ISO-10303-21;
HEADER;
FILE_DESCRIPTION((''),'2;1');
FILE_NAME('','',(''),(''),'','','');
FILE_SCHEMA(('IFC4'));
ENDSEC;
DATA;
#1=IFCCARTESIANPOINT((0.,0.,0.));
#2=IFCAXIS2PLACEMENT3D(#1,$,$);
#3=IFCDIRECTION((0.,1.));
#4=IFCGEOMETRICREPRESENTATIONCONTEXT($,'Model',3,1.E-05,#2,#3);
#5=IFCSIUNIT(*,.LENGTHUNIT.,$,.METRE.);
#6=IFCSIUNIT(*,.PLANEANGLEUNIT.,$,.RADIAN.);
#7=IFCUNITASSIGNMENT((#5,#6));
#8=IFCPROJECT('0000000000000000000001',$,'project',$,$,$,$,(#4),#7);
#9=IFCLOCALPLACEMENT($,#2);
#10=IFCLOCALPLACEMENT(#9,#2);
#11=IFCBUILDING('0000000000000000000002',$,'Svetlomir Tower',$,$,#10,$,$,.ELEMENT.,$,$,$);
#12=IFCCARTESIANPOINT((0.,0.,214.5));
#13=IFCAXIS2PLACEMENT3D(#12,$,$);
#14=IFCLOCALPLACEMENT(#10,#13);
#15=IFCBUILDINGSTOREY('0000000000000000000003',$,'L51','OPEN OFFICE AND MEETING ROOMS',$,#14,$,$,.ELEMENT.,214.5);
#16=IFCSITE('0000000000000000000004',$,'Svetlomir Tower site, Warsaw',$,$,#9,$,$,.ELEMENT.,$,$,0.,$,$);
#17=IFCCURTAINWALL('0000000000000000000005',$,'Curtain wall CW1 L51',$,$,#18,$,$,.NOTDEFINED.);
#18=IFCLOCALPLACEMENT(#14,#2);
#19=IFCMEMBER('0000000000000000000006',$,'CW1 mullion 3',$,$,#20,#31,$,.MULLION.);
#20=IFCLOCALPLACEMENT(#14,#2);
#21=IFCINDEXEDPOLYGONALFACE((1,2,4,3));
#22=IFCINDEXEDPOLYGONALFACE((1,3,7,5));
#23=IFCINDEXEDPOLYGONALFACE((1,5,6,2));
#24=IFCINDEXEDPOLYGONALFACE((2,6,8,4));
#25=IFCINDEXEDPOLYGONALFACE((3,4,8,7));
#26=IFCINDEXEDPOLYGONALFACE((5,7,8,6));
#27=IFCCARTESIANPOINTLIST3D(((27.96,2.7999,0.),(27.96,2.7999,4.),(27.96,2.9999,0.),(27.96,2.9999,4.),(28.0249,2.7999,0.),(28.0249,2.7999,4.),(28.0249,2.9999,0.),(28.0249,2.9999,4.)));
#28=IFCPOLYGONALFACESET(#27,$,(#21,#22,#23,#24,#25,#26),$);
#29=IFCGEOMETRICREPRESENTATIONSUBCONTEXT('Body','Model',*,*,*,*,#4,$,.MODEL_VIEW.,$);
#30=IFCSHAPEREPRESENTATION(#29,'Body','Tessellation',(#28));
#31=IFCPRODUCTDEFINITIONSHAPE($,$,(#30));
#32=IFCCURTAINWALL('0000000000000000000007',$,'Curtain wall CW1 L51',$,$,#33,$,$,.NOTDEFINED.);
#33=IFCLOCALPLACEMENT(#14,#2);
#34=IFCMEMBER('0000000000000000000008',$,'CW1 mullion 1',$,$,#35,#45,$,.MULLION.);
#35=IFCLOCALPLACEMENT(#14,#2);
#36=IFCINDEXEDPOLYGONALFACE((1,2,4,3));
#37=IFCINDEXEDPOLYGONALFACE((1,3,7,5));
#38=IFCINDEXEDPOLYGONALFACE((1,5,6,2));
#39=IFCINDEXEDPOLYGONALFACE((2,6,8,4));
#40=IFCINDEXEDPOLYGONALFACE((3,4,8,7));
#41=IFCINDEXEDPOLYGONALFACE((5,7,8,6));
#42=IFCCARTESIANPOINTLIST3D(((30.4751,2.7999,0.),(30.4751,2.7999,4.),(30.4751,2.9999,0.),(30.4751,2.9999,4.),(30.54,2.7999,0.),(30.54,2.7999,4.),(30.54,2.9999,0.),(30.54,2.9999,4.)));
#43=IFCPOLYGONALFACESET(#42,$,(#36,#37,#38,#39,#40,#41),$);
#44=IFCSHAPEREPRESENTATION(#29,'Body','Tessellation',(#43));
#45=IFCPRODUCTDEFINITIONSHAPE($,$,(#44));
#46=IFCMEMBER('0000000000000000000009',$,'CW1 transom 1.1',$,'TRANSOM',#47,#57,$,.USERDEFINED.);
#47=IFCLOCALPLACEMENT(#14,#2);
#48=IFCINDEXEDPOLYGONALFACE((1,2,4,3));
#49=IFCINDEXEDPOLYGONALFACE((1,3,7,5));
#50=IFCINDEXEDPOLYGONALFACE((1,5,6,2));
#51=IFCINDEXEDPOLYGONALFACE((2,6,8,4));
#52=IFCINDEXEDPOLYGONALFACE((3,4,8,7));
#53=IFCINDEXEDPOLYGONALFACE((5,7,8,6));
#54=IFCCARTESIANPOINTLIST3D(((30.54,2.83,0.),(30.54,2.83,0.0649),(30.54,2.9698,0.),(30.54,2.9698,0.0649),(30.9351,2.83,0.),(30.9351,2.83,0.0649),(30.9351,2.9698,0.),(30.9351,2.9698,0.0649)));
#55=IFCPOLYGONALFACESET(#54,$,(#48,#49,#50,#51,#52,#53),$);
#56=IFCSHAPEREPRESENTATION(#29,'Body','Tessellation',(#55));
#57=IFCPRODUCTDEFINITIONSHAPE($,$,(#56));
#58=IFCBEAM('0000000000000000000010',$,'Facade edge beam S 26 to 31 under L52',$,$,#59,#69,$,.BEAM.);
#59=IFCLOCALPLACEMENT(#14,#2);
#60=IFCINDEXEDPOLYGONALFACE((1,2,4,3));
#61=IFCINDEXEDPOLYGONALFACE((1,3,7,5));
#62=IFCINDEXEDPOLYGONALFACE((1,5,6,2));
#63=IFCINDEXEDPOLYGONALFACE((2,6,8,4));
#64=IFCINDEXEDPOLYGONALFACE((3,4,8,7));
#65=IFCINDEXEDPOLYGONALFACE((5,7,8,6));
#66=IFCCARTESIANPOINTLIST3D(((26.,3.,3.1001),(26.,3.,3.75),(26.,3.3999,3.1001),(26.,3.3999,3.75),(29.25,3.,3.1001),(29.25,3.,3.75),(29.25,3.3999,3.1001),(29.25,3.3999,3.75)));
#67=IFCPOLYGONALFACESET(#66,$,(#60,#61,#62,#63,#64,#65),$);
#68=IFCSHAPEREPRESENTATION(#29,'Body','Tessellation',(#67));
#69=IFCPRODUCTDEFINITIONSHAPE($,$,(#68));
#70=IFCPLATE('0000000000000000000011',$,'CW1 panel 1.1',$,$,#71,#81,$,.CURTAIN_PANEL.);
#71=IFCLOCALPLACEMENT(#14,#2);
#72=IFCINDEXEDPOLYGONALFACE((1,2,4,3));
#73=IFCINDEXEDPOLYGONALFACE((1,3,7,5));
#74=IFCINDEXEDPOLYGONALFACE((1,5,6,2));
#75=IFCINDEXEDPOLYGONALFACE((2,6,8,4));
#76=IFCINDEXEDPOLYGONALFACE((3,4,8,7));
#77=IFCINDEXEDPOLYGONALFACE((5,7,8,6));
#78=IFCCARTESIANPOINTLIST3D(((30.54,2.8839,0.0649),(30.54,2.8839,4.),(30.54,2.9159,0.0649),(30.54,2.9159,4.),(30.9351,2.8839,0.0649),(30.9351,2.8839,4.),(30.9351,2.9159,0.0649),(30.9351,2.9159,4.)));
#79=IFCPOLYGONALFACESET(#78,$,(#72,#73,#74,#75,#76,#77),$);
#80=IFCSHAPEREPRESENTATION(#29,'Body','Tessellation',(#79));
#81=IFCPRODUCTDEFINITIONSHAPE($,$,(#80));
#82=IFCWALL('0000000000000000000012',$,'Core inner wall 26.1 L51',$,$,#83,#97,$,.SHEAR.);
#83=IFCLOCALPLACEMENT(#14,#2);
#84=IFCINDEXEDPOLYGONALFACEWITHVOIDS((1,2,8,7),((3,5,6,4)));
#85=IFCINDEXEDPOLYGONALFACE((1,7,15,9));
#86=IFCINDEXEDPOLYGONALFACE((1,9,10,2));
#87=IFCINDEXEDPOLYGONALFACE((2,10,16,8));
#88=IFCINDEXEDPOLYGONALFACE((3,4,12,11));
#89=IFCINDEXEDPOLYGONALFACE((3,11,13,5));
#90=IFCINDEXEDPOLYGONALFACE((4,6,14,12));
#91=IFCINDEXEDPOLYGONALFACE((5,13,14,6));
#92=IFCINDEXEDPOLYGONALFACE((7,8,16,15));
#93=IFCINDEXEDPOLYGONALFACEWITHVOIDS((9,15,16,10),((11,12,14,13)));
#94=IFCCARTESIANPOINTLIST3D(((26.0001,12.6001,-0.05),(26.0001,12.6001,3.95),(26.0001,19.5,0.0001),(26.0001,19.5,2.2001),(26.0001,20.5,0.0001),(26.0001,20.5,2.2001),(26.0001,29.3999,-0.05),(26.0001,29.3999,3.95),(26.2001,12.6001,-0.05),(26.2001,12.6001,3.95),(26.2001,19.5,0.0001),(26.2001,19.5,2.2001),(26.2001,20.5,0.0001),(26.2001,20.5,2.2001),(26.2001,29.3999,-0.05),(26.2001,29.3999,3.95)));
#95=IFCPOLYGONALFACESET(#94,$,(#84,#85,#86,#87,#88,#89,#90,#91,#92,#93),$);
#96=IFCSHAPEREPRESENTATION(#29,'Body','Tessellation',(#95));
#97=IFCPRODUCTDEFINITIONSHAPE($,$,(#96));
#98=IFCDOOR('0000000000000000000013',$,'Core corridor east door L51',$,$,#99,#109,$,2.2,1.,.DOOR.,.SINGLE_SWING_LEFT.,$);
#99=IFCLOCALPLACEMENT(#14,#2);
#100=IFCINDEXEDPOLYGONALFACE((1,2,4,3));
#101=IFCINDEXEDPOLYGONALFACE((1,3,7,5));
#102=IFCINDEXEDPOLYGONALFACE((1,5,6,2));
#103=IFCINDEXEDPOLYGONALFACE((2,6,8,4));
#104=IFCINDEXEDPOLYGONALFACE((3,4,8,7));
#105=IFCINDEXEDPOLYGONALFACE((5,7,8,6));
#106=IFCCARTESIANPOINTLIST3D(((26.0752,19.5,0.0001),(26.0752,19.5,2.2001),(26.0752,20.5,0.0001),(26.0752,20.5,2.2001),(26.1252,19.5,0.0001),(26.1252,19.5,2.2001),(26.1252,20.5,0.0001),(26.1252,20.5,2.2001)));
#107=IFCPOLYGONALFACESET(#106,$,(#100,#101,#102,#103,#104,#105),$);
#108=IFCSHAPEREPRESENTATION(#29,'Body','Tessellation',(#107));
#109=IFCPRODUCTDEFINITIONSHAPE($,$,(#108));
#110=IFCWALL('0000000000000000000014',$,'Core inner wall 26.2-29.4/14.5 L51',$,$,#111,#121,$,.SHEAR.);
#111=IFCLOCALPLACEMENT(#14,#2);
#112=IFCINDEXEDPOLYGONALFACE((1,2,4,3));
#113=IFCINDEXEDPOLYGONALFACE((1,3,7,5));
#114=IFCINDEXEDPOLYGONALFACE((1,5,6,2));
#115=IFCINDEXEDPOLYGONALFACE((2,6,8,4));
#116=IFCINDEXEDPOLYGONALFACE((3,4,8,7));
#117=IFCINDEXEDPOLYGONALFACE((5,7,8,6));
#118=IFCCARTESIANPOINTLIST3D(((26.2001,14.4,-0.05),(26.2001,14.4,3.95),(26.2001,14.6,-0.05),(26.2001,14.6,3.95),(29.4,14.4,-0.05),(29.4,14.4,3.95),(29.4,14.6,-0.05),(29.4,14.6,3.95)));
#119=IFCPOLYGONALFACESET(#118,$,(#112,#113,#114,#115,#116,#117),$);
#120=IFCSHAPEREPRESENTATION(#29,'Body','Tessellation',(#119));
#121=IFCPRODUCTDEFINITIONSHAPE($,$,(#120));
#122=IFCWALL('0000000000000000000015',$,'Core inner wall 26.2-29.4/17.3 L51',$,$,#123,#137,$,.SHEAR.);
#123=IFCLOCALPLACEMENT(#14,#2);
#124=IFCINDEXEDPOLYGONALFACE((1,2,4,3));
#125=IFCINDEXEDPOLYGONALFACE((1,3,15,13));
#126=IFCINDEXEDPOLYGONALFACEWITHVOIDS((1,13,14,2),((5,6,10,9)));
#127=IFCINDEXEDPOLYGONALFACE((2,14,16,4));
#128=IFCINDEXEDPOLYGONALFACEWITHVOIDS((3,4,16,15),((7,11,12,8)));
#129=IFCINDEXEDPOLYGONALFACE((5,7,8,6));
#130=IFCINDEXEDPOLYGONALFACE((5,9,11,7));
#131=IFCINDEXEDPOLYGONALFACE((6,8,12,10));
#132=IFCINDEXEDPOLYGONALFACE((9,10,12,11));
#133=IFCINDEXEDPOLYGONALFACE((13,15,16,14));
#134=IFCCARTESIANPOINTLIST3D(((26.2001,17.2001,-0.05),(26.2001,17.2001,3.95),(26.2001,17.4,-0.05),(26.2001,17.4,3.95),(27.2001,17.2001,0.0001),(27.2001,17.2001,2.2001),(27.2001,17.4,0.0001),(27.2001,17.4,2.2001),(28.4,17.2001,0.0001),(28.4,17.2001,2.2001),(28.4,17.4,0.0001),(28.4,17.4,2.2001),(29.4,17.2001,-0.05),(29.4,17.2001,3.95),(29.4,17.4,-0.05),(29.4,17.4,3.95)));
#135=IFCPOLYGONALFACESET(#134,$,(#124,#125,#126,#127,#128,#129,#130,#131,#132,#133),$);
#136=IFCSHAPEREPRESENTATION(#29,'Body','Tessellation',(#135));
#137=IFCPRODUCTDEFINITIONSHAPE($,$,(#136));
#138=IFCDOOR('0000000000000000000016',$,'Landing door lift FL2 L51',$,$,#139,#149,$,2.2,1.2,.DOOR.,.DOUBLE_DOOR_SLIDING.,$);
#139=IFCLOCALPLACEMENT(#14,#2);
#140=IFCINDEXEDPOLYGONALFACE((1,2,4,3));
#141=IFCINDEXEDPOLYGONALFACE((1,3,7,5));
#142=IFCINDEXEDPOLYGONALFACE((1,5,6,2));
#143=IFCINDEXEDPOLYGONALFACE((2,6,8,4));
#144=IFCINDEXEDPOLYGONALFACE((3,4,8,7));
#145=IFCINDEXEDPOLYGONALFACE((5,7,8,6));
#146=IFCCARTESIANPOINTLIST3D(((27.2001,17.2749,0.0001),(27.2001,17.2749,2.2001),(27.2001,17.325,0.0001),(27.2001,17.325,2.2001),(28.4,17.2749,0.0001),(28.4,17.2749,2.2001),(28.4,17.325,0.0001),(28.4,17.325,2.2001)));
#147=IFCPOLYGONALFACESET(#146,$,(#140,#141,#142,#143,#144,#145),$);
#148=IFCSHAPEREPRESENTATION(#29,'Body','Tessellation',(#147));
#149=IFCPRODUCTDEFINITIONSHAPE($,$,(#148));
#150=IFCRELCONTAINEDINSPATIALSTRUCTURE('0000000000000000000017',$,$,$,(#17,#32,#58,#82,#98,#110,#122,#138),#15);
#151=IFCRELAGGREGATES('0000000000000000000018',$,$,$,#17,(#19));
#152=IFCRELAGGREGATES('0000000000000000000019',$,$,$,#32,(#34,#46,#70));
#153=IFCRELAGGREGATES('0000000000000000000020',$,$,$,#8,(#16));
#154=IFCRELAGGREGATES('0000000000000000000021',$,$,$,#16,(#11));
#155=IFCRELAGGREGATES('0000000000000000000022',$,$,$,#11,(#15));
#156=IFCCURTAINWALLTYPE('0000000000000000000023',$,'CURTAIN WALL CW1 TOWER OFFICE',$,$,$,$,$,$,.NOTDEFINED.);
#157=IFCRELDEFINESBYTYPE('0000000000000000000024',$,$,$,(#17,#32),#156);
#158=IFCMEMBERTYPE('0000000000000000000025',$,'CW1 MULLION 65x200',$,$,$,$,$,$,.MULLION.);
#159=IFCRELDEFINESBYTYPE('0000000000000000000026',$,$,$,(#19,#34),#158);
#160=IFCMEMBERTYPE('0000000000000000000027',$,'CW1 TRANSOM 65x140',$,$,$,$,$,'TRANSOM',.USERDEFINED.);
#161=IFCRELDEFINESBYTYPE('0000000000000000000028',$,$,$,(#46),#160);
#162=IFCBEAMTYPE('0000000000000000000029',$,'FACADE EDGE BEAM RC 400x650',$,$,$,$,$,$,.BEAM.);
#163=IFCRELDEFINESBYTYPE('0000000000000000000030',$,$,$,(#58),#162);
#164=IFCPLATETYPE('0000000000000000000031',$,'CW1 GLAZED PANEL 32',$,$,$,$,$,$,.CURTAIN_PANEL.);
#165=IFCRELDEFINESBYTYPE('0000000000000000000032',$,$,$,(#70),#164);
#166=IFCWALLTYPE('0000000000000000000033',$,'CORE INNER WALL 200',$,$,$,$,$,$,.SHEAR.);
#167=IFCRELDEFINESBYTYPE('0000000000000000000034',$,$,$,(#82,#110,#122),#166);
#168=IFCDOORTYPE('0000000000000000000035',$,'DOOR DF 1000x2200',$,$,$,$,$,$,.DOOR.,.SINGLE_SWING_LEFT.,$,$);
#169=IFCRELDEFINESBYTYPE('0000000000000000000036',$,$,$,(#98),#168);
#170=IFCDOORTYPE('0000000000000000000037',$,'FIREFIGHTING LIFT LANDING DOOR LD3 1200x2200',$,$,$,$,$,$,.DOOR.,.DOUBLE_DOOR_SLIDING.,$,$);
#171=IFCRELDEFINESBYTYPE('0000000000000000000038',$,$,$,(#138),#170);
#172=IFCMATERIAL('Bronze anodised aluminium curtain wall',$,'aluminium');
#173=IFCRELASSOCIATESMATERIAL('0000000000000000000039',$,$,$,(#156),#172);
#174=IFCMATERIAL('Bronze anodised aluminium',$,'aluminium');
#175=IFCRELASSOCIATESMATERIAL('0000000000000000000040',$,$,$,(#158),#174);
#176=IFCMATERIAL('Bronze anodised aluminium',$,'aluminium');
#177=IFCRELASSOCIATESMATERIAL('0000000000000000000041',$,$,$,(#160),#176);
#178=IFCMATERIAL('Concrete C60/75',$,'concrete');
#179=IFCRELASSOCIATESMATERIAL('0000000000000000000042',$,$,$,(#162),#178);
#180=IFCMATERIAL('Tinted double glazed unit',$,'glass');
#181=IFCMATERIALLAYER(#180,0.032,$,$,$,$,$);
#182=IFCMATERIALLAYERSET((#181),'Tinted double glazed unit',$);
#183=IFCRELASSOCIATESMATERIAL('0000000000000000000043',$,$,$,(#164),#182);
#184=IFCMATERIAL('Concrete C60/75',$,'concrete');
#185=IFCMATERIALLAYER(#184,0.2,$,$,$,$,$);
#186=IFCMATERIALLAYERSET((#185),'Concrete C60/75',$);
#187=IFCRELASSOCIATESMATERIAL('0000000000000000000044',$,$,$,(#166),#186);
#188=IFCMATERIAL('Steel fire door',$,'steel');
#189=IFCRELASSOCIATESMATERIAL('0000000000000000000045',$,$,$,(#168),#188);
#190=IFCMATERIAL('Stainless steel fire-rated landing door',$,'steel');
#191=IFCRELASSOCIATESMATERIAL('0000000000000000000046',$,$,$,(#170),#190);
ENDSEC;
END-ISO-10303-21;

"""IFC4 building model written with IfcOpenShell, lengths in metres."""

from ifc_helpers import new_model, si_unit, direction, frame, frame_2d, origin, origin_2d, place, context, subcontext, project, spatial, rectangle, extrude, material, layer, layer_set, material_profile, profile_set, type_object, element, fill, aggregate, save


model = new_model("IFC4")

# Units and contexts
model_context = context("Model", 3, precision=1e-05, world=origin(), true_north=direction((0.0, 1.0)))
body_context = subcontext(model_context, "Body", "Model", "MODEL_VIEW")
ifc_project = project(units=[si_unit("LENGTHUNIT", "METRE"), si_unit("PLANEANGLEUNIT", "RADIAN")], contexts=[model_context])

# Site, building, storey
site_placement = place(None, origin())
site = spatial("IfcSite", under=ifc_project, at=site_placement, Name="Svetlomir Tower site, Warsaw", CompositionType="ELEMENT", RefElevation=0.0)
building_placement = place(site_placement, origin())
building = spatial("IfcBuilding", under=site, at=building_placement, Name="Svetlomir Tower", CompositionType="ELEMENT")
storey_placement = place(building_placement, frame((0.0, 0.0, 214.5)))
storey = spatial("IfcBuildingStorey", under=building, at=storey_placement, Name="L51", Description="OPEN OFFICE AND MEETING ROOMS", CompositionType="ELEMENT", Elevation=214.5)

# Curtain wall, member
ifc_material_1 = material(Name="Bronze anodised aluminium curtain wall", Category="aluminium")
curtain_wall_type = type_object("IfcCurtainWallType", Name="CURTAIN WALL CW1 TOWER OFFICE", PredefinedType="NOTDEFINED", material=ifc_material_1)
curtain_wall_1_placement = place(storey_placement, origin())
curtain_wall_1 = element("IfcCurtainWall", 1, at=curtain_wall_1_placement, inside=storey, type_object=curtain_wall_type, Name="Curtain wall CW1 L51", PredefinedType="NOTDEFINED")
ifc_material_2 = material(Name="Bronze anodised aluminium", Category="aluminium")
ifc_material_profile_1 = material_profile(ifc_material_2, rectangle(XDim=0.0649, YDim=0.2, at=origin_2d()), Name="AL 65x200")
ifc_profile_set_1 = profile_set([ifc_material_profile_1], Name="Bronze anodised aluminium 6063-T6")
member_type_1 = type_object("IfcMemberType", Name="CW1 MULLION 65x200", PredefinedType="MULLION", material=ifc_profile_set_1)
member_1_placement = place(storey_placement, frame((27.9924, 2.8999, 0.0), z_axis=(0.0, 0.0, 1.0), x_axis=(1.0, 0.0, 0.0)))
member_1 = element("IfcMember", 2, at=member_1_placement, type_object=member_type_1, Name="CW1 mullion 3", PredefinedType="MULLION", context=body_context, shape_type="SweptSolid", body=[
    extrude(rectangle(XDim=0.0649, YDim=0.2, at=origin_2d()), origin(), (0.0, 0.0, 1.0), 4.0),
])
aggregate(curtain_wall_1, [member_1])

# Curtain wall, members
curtain_wall_2_placement = place(storey_placement, origin())
curtain_wall_2 = element("IfcCurtainWall", 3, at=curtain_wall_2_placement, inside=storey, type_object=curtain_wall_type, Name="Curtain wall CW1 L51", PredefinedType="NOTDEFINED")
member_2_placement = place(storey_placement, frame((30.5076, 2.8999, 0.0), z_axis=(0.0, 0.0, 1.0), x_axis=(1.0, 0.0, 0.0)))
member_2 = element("IfcMember", 4, at=member_2_placement, type_object=member_type_1, Name="CW1 mullion 1", PredefinedType="MULLION", context=body_context, shape_type="SweptSolid", body=[
    extrude(rectangle(XDim=0.0649, YDim=0.2, at=origin_2d()), origin(), (0.0, 0.0, 1.0), 4.0),
])
ifc_material_3 = material(Name="Bronze anodised aluminium", Category="aluminium")
ifc_material_profile_2 = material_profile(ifc_material_3, rectangle(XDim=0.1399, YDim=0.0649, at=origin_2d()), Name="AL 140x65")
ifc_profile_set_2 = profile_set([ifc_material_profile_2], Name="Bronze anodised aluminium 6063-T6")
member_type_2 = type_object("IfcMemberType", Name="CW1 TRANSOM 65x140", ElementType="TRANSOM", PredefinedType="USERDEFINED", material=ifc_profile_set_2)
member_3_placement = place(storey_placement, frame((30.54, 2.8999, 0.0325), z_axis=(1.0, 0.0, 0.0), x_axis=(0.0, 1.0, 0.0)))
member_3 = element("IfcMember", 5, at=member_3_placement, type_object=member_type_2, Name="CW1 transom 1.1", ObjectType="TRANSOM", PredefinedType="USERDEFINED", context=body_context, shape_type="SweptSolid", body=[
    extrude(rectangle(XDim=0.1399, YDim=0.0649, at=origin_2d()), origin(), (0.0, 0.0, 1.0), 0.395),
])

# Beam
ifc_material_4 = material(Name="Concrete C60/75", Category="concrete")
ifc_material_profile_3 = material_profile(ifc_material_4, rectangle(XDim=0.3999, YDim=0.6499, at=origin_2d()), Name="RC 400x650")
ifc_profile_set_3 = profile_set([ifc_material_profile_3], Name="Concrete C60/75")
beam_type = type_object("IfcBeamType", Name="FACADE EDGE BEAM RC 400x650", PredefinedType="BEAM", material=ifc_profile_set_3)
beam_placement = place(storey_placement, frame((26.0, 3.2, 3.425), z_axis=(1.0, 0.0, 0.0), x_axis=(0.0, 1.0, 0.0)))
element("IfcBeam", 6, at=beam_placement, inside=storey, type_object=beam_type, Name="Facade edge beam S 26 to 31 under L52", PredefinedType="BEAM", context=body_context, shape_type="SweptSolid", body=[
    extrude(rectangle(XDim=0.3999, YDim=0.6499, at=origin_2d()), origin(), (0.0, 0.0, 1.0), 3.25),
])

# Plate
ifc_material_5 = material(Name="Tinted double glazed unit", Category="glass")
ifc_layer_1 = layer(ifc_material_5, 0.032)
ifc_layer_set_1 = layer_set([ifc_layer_1], Name="Tinted double glazed unit")
plate_type = type_object("IfcPlateType", Name="CW1 GLAZED PANEL 32", PredefinedType="CURTAIN_PANEL", material=ifc_layer_set_1)
plate_placement = place(storey_placement, frame((30.7375, 2.8999, 0.0649), z_axis=(0.0, 0.0, 1.0), x_axis=(1.0, 0.0, 0.0)))
plate = element("IfcPlate", 7, at=plate_placement, type_object=plate_type, Name="CW1 panel 1.1", PredefinedType="CURTAIN_PANEL", context=body_context, shape_type="SweptSolid", body=[
    extrude(rectangle(XDim=0.395, YDim=0.032, at=origin_2d()), origin(), (0.0, 0.0, 1.0), 3.9351),
])
aggregate(curtain_wall_2, [member_2, member_3, plate])

# Wall, opening, door
ifc_material_6 = material(Name="Concrete C60/75", Category="concrete")
ifc_layer_2 = layer(ifc_material_6, 0.2)
ifc_layer_set_2 = layer_set([ifc_layer_2], Name="Concrete C60/75")
wall_type_1 = type_object("IfcWallType", Name="CORE INNER WALL 200", PredefinedType="SHEAR", material=ifc_layer_set_2)
wall_1_placement = place(storey_placement, frame((26.1001, 12.6001, -0.05), z_axis=(0.0, 0.0, 1.0), x_axis=(0.0, 1.0, 0.0)))
wall_1 = element("IfcWall", 8, at=wall_1_placement, inside=storey, type_object=wall_type_1, Name="Core inner wall 26.1 L51", PredefinedType="SHEAR", context=body_context, shape_type="SweptSolid", body=[
    extrude(rectangle(XDim=16.7998, YDim=0.2, at=frame_2d((8.3999, 0.0))), origin(), (0.0, 0.0, 1.0), 4.0),
])
opening_1_placement = place(wall_1_placement, frame((6.8999, 0.0, 0.05)))
opening_1 = element("IfcOpeningElement", 9, at=opening_1_placement, cuts=wall_1, PredefinedType="OPENING", context=body_context, shape_type="SweptSolid", body=[
    extrude(rectangle(XDim=1.0, YDim=2.2, at=frame_2d((0.5, 1.1001))), frame((0.0, 0.1099, 0.0), z_axis=(0.0, -1.0, 0.0), x_axis=(1.0, 0.0, 0.0)), (0.0, 0.0, 1.0), 0.22),
])
ifc_material_7 = material(Name="Steel fire door", Category="steel")
door_type_1 = type_object("IfcDoorType", Name="DOOR DF 1000x2200", OperationType="SINGLE_SWING_LEFT", PredefinedType="DOOR", material=ifc_material_7)
door_1_placement = place(opening_1_placement, origin())
door_1 = element("IfcDoor", 10, at=door_1_placement, inside=storey, type_object=door_type_1, Name="Core corridor east door L51", OperationType="SINGLE_SWING_LEFT", OverallHeight=2.2, OverallWidth=1.0, PredefinedType="DOOR", context=body_context, shape_type="SweptSolid", body=[
    extrude(rectangle(XDim=1.0, YDim=2.2, at=frame_2d((0.5, 1.1001))), frame((0.0, 0.0249, 0.0), z_axis=(0.0, -1.0, 0.0), x_axis=(1.0, 0.0, 0.0)), (0.0, 0.0, 1.0), 0.05),
])
fill(opening_1, door_1)

# Wall
wall_2_placement = place(storey_placement, frame((26.2, 14.5, -0.05), z_axis=(0.0, 0.0, 1.0), x_axis=(1.0, 0.0, 0.0)))
element("IfcWall", 11, at=wall_2_placement, inside=storey, type_object=wall_type_1, Name="Core inner wall 26.2-29.4/14.5 L51", PredefinedType="SHEAR", context=body_context, shape_type="SweptSolid", body=[
    extrude(rectangle(XDim=3.2, YDim=0.2, at=frame_2d((1.6001, 0.0))), origin(), (0.0, 0.0, 1.0), 4.0),
])

# Wall, opening, door
wall_3_placement = place(storey_placement, frame((26.2, 17.3, -0.05), z_axis=(0.0, 0.0, 1.0), x_axis=(1.0, 0.0, 0.0)))
wall_3 = element("IfcWall", 12, at=wall_3_placement, inside=storey, type_object=wall_type_1, Name="Core inner wall 26.2-29.4/17.3 L51", PredefinedType="SHEAR", context=body_context, shape_type="SweptSolid", body=[
    extrude(rectangle(XDim=3.2, YDim=0.2, at=frame_2d((1.6001, 0.0))), origin(), (0.0, 0.0, 1.0), 4.0),
])
opening_2_placement = place(wall_3_placement, frame((1.0, 0.0, 0.05)))
opening_2 = element("IfcOpeningElement", 13, at=opening_2_placement, cuts=wall_3, PredefinedType="OPENING", context=body_context, shape_type="SweptSolid", body=[
    extrude(rectangle(XDim=1.2, YDim=2.2, at=frame_2d((0.6001, 1.1001))), frame((0.0, 0.1099, 0.0), z_axis=(0.0, -1.0, 0.0), x_axis=(1.0, 0.0, 0.0)), (0.0, 0.0, 1.0), 0.22),
])
ifc_material_8 = material(Name="Stainless steel fire-rated landing door", Category="steel")
door_type_2 = type_object("IfcDoorType", Name="FIREFIGHTING LIFT LANDING DOOR LD3 1200x2200", OperationType="DOUBLE_DOOR_SLIDING", PredefinedType="DOOR", material=ifc_material_8)
door_2_placement = place(opening_2_placement, origin())
door_2 = element("IfcDoor", 14, at=door_2_placement, inside=storey, type_object=door_type_2, Name="Landing door lift FL2 L51", OperationType="DOUBLE_DOOR_SLIDING", OverallHeight=2.2, OverallWidth=1.2, PredefinedType="DOOR", context=body_context, shape_type="SweptSolid", body=[
    extrude(rectangle(XDim=1.2, YDim=2.2, at=frame_2d((0.6001, 1.1001))), frame((0.0, 0.0249, 0.0), z_axis=(0.0, -1.0, 0.0), x_axis=(1.0, 0.0, 0.0)), (0.0, 0.0, 1.0), 0.05),
])
fill(opening_2, door_2)

save(model, "model.ifc")
